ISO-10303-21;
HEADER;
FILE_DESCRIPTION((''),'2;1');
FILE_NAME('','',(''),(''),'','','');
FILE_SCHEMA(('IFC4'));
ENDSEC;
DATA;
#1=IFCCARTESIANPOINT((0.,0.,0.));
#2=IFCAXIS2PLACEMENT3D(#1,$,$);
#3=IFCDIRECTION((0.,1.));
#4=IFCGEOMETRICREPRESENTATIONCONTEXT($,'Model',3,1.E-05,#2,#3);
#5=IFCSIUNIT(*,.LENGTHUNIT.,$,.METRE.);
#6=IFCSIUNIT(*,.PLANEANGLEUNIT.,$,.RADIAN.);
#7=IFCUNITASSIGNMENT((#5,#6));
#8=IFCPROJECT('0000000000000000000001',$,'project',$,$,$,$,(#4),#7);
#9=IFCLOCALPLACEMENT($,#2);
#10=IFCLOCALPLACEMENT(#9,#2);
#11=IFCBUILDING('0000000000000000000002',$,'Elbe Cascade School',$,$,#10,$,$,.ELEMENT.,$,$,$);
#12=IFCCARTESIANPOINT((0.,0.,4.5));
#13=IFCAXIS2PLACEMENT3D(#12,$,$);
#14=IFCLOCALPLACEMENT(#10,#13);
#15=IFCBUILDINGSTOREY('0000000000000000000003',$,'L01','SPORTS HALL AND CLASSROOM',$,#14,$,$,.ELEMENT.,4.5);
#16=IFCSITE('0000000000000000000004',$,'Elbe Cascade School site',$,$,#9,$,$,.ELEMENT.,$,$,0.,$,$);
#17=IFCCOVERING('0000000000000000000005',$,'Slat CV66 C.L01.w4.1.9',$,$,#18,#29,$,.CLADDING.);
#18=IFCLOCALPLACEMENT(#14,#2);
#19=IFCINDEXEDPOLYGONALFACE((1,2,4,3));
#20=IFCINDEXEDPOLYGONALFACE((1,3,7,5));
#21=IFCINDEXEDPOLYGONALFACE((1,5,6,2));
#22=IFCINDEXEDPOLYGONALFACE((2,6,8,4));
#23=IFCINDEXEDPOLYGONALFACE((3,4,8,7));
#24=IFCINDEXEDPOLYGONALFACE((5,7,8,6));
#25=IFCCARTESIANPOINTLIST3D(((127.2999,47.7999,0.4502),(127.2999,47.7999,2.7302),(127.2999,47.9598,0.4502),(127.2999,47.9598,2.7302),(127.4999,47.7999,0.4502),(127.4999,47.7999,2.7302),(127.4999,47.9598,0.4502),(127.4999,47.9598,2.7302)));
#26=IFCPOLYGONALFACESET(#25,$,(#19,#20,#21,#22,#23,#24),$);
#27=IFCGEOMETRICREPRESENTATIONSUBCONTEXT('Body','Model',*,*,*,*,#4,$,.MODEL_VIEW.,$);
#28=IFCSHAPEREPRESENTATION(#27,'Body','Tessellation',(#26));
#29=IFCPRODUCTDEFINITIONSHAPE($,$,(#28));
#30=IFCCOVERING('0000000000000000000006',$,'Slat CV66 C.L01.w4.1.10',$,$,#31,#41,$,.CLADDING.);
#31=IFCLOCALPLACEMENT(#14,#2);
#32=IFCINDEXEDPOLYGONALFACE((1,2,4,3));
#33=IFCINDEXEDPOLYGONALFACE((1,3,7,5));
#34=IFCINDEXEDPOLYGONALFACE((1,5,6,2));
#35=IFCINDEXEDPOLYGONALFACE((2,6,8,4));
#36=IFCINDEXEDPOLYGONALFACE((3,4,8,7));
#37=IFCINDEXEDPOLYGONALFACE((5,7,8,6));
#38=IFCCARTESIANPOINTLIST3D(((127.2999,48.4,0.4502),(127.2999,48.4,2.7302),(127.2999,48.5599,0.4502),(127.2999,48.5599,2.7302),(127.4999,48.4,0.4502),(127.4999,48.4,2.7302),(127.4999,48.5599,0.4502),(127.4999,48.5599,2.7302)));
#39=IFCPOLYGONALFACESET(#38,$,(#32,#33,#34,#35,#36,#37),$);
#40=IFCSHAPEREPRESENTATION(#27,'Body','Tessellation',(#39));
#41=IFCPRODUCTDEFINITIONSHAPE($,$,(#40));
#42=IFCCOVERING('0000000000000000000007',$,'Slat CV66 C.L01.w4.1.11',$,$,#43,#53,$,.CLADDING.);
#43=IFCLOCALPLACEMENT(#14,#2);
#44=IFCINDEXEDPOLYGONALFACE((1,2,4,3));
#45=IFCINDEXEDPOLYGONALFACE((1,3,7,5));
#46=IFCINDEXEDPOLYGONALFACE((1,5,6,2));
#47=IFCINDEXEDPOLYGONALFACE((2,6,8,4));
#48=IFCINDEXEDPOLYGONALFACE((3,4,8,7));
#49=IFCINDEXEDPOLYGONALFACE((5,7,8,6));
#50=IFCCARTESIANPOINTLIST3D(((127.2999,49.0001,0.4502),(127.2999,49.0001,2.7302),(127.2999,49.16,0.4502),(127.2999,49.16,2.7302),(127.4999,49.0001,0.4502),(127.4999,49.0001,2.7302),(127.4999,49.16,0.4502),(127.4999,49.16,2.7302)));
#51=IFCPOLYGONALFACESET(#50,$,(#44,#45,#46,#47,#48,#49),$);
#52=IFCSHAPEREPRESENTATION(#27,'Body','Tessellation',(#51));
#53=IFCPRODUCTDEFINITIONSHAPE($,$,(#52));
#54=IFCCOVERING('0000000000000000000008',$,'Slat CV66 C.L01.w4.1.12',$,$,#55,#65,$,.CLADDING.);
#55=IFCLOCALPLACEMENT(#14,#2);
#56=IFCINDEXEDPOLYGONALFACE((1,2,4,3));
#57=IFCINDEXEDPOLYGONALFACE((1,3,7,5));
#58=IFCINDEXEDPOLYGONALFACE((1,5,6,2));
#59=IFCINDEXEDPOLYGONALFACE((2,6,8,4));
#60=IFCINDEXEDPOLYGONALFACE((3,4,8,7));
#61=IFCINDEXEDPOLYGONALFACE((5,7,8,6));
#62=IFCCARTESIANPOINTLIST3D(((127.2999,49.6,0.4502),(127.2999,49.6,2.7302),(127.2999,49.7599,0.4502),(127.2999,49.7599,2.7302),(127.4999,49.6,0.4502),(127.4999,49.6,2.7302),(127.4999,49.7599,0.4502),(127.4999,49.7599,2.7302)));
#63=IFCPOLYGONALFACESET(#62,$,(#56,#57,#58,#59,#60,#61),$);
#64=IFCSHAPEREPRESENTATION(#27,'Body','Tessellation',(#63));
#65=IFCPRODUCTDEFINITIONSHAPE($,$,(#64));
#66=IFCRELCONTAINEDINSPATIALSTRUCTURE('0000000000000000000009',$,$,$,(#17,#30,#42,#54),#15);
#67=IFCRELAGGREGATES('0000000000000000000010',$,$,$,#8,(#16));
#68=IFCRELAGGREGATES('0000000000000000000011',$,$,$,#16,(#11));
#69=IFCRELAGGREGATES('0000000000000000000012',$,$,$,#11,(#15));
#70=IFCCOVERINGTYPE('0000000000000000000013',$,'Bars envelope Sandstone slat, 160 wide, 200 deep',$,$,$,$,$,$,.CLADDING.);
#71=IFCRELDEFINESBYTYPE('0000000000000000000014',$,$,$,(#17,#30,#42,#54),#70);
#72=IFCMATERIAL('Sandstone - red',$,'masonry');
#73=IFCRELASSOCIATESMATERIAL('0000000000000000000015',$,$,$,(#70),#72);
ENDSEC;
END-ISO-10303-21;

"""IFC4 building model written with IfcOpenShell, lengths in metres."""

from ifc_helpers import new_model, si_unit, direction, frame, origin, origin_2d, place, context, subcontext, project, spatial, rectangle, extrude, material, type_object, element, save


model = new_model("IFC4")

# Units and contexts
model_context = context("Model", 3, precision=1e-05, world=origin(), true_north=direction((0.0, 1.0)))
body_context = subcontext(model_context, "Body", "Model", "MODEL_VIEW")
ifc_project = project(units=[si_unit("LENGTHUNIT", "METRE"), si_unit("PLANEANGLEUNIT", "RADIAN")], contexts=[model_context])

# Site, building, storey
site_placement = place(None, origin())
site = spatial("IfcSite", under=ifc_project, at=site_placement, Name="Elbe Cascade School site", CompositionType="ELEMENT", RefElevation=0.0)
building_placement = place(site_placement, origin())
building = spatial("IfcBuilding", under=site, at=building_placement, Name="Elbe Cascade School", CompositionType="ELEMENT")
storey_placement = place(building_placement, frame((0.0, 0.0, 4.5)))
storey = spatial("IfcBuildingStorey", under=building, at=storey_placement, Name="L01", Description="SPORTS HALL AND CLASSROOM", CompositionType="ELEMENT", Elevation=4.5)

# Coverings
ifc_material_1 = material(Name="Sandstone - red", Category="masonry")
covering_type_1 = type_object("IfcCoveringType", Name="Bars envelope Sandstone slat, 160 wide, 200 deep", PredefinedType="CLADDING", material=ifc_material_1)
for number, where, z_axis, x_axis, name in (
    (1, (127.3999, 47.8799, 0.4502), (0.0, 0.0, 1.0), (0.0, 1.0, 0.0), "Slat CV66 C.L01.w4.1.9"),
    (2, (127.3999, 48.48, 0.4502), (0.0, 0.0, 1.0), (0.0, 1.0, 0.0), "Slat CV66 C.L01.w4.1.10"),
    (3, (127.3999, 49.0801, 0.4502), (0.0, 0.0, 1.0), (0.0, 1.0, 0.0), "Slat CV66 C.L01.w4.1.11"),
    (4, (127.3999, 49.6799, 0.4502), (0.0, 0.0, 1.0), (0.0, 1.0, 0.0), "Slat CV66 C.L01.w4.1.12"),
):
    element("IfcCovering", number, at=place(storey_placement, frame(where, z_axis=z_axis, x_axis=x_axis)), inside=storey, type_object=covering_type_1, Name=name, PredefinedType="CLADDING", context=body_context, shape_type="SweptSolid", body=[
        extrude(rectangle(XDim=0.1599, YDim=0.2, at=origin_2d()), origin(), (0.0, 0.0, 1.0), 2.28),
    ])

save(model, "model.ifc")
